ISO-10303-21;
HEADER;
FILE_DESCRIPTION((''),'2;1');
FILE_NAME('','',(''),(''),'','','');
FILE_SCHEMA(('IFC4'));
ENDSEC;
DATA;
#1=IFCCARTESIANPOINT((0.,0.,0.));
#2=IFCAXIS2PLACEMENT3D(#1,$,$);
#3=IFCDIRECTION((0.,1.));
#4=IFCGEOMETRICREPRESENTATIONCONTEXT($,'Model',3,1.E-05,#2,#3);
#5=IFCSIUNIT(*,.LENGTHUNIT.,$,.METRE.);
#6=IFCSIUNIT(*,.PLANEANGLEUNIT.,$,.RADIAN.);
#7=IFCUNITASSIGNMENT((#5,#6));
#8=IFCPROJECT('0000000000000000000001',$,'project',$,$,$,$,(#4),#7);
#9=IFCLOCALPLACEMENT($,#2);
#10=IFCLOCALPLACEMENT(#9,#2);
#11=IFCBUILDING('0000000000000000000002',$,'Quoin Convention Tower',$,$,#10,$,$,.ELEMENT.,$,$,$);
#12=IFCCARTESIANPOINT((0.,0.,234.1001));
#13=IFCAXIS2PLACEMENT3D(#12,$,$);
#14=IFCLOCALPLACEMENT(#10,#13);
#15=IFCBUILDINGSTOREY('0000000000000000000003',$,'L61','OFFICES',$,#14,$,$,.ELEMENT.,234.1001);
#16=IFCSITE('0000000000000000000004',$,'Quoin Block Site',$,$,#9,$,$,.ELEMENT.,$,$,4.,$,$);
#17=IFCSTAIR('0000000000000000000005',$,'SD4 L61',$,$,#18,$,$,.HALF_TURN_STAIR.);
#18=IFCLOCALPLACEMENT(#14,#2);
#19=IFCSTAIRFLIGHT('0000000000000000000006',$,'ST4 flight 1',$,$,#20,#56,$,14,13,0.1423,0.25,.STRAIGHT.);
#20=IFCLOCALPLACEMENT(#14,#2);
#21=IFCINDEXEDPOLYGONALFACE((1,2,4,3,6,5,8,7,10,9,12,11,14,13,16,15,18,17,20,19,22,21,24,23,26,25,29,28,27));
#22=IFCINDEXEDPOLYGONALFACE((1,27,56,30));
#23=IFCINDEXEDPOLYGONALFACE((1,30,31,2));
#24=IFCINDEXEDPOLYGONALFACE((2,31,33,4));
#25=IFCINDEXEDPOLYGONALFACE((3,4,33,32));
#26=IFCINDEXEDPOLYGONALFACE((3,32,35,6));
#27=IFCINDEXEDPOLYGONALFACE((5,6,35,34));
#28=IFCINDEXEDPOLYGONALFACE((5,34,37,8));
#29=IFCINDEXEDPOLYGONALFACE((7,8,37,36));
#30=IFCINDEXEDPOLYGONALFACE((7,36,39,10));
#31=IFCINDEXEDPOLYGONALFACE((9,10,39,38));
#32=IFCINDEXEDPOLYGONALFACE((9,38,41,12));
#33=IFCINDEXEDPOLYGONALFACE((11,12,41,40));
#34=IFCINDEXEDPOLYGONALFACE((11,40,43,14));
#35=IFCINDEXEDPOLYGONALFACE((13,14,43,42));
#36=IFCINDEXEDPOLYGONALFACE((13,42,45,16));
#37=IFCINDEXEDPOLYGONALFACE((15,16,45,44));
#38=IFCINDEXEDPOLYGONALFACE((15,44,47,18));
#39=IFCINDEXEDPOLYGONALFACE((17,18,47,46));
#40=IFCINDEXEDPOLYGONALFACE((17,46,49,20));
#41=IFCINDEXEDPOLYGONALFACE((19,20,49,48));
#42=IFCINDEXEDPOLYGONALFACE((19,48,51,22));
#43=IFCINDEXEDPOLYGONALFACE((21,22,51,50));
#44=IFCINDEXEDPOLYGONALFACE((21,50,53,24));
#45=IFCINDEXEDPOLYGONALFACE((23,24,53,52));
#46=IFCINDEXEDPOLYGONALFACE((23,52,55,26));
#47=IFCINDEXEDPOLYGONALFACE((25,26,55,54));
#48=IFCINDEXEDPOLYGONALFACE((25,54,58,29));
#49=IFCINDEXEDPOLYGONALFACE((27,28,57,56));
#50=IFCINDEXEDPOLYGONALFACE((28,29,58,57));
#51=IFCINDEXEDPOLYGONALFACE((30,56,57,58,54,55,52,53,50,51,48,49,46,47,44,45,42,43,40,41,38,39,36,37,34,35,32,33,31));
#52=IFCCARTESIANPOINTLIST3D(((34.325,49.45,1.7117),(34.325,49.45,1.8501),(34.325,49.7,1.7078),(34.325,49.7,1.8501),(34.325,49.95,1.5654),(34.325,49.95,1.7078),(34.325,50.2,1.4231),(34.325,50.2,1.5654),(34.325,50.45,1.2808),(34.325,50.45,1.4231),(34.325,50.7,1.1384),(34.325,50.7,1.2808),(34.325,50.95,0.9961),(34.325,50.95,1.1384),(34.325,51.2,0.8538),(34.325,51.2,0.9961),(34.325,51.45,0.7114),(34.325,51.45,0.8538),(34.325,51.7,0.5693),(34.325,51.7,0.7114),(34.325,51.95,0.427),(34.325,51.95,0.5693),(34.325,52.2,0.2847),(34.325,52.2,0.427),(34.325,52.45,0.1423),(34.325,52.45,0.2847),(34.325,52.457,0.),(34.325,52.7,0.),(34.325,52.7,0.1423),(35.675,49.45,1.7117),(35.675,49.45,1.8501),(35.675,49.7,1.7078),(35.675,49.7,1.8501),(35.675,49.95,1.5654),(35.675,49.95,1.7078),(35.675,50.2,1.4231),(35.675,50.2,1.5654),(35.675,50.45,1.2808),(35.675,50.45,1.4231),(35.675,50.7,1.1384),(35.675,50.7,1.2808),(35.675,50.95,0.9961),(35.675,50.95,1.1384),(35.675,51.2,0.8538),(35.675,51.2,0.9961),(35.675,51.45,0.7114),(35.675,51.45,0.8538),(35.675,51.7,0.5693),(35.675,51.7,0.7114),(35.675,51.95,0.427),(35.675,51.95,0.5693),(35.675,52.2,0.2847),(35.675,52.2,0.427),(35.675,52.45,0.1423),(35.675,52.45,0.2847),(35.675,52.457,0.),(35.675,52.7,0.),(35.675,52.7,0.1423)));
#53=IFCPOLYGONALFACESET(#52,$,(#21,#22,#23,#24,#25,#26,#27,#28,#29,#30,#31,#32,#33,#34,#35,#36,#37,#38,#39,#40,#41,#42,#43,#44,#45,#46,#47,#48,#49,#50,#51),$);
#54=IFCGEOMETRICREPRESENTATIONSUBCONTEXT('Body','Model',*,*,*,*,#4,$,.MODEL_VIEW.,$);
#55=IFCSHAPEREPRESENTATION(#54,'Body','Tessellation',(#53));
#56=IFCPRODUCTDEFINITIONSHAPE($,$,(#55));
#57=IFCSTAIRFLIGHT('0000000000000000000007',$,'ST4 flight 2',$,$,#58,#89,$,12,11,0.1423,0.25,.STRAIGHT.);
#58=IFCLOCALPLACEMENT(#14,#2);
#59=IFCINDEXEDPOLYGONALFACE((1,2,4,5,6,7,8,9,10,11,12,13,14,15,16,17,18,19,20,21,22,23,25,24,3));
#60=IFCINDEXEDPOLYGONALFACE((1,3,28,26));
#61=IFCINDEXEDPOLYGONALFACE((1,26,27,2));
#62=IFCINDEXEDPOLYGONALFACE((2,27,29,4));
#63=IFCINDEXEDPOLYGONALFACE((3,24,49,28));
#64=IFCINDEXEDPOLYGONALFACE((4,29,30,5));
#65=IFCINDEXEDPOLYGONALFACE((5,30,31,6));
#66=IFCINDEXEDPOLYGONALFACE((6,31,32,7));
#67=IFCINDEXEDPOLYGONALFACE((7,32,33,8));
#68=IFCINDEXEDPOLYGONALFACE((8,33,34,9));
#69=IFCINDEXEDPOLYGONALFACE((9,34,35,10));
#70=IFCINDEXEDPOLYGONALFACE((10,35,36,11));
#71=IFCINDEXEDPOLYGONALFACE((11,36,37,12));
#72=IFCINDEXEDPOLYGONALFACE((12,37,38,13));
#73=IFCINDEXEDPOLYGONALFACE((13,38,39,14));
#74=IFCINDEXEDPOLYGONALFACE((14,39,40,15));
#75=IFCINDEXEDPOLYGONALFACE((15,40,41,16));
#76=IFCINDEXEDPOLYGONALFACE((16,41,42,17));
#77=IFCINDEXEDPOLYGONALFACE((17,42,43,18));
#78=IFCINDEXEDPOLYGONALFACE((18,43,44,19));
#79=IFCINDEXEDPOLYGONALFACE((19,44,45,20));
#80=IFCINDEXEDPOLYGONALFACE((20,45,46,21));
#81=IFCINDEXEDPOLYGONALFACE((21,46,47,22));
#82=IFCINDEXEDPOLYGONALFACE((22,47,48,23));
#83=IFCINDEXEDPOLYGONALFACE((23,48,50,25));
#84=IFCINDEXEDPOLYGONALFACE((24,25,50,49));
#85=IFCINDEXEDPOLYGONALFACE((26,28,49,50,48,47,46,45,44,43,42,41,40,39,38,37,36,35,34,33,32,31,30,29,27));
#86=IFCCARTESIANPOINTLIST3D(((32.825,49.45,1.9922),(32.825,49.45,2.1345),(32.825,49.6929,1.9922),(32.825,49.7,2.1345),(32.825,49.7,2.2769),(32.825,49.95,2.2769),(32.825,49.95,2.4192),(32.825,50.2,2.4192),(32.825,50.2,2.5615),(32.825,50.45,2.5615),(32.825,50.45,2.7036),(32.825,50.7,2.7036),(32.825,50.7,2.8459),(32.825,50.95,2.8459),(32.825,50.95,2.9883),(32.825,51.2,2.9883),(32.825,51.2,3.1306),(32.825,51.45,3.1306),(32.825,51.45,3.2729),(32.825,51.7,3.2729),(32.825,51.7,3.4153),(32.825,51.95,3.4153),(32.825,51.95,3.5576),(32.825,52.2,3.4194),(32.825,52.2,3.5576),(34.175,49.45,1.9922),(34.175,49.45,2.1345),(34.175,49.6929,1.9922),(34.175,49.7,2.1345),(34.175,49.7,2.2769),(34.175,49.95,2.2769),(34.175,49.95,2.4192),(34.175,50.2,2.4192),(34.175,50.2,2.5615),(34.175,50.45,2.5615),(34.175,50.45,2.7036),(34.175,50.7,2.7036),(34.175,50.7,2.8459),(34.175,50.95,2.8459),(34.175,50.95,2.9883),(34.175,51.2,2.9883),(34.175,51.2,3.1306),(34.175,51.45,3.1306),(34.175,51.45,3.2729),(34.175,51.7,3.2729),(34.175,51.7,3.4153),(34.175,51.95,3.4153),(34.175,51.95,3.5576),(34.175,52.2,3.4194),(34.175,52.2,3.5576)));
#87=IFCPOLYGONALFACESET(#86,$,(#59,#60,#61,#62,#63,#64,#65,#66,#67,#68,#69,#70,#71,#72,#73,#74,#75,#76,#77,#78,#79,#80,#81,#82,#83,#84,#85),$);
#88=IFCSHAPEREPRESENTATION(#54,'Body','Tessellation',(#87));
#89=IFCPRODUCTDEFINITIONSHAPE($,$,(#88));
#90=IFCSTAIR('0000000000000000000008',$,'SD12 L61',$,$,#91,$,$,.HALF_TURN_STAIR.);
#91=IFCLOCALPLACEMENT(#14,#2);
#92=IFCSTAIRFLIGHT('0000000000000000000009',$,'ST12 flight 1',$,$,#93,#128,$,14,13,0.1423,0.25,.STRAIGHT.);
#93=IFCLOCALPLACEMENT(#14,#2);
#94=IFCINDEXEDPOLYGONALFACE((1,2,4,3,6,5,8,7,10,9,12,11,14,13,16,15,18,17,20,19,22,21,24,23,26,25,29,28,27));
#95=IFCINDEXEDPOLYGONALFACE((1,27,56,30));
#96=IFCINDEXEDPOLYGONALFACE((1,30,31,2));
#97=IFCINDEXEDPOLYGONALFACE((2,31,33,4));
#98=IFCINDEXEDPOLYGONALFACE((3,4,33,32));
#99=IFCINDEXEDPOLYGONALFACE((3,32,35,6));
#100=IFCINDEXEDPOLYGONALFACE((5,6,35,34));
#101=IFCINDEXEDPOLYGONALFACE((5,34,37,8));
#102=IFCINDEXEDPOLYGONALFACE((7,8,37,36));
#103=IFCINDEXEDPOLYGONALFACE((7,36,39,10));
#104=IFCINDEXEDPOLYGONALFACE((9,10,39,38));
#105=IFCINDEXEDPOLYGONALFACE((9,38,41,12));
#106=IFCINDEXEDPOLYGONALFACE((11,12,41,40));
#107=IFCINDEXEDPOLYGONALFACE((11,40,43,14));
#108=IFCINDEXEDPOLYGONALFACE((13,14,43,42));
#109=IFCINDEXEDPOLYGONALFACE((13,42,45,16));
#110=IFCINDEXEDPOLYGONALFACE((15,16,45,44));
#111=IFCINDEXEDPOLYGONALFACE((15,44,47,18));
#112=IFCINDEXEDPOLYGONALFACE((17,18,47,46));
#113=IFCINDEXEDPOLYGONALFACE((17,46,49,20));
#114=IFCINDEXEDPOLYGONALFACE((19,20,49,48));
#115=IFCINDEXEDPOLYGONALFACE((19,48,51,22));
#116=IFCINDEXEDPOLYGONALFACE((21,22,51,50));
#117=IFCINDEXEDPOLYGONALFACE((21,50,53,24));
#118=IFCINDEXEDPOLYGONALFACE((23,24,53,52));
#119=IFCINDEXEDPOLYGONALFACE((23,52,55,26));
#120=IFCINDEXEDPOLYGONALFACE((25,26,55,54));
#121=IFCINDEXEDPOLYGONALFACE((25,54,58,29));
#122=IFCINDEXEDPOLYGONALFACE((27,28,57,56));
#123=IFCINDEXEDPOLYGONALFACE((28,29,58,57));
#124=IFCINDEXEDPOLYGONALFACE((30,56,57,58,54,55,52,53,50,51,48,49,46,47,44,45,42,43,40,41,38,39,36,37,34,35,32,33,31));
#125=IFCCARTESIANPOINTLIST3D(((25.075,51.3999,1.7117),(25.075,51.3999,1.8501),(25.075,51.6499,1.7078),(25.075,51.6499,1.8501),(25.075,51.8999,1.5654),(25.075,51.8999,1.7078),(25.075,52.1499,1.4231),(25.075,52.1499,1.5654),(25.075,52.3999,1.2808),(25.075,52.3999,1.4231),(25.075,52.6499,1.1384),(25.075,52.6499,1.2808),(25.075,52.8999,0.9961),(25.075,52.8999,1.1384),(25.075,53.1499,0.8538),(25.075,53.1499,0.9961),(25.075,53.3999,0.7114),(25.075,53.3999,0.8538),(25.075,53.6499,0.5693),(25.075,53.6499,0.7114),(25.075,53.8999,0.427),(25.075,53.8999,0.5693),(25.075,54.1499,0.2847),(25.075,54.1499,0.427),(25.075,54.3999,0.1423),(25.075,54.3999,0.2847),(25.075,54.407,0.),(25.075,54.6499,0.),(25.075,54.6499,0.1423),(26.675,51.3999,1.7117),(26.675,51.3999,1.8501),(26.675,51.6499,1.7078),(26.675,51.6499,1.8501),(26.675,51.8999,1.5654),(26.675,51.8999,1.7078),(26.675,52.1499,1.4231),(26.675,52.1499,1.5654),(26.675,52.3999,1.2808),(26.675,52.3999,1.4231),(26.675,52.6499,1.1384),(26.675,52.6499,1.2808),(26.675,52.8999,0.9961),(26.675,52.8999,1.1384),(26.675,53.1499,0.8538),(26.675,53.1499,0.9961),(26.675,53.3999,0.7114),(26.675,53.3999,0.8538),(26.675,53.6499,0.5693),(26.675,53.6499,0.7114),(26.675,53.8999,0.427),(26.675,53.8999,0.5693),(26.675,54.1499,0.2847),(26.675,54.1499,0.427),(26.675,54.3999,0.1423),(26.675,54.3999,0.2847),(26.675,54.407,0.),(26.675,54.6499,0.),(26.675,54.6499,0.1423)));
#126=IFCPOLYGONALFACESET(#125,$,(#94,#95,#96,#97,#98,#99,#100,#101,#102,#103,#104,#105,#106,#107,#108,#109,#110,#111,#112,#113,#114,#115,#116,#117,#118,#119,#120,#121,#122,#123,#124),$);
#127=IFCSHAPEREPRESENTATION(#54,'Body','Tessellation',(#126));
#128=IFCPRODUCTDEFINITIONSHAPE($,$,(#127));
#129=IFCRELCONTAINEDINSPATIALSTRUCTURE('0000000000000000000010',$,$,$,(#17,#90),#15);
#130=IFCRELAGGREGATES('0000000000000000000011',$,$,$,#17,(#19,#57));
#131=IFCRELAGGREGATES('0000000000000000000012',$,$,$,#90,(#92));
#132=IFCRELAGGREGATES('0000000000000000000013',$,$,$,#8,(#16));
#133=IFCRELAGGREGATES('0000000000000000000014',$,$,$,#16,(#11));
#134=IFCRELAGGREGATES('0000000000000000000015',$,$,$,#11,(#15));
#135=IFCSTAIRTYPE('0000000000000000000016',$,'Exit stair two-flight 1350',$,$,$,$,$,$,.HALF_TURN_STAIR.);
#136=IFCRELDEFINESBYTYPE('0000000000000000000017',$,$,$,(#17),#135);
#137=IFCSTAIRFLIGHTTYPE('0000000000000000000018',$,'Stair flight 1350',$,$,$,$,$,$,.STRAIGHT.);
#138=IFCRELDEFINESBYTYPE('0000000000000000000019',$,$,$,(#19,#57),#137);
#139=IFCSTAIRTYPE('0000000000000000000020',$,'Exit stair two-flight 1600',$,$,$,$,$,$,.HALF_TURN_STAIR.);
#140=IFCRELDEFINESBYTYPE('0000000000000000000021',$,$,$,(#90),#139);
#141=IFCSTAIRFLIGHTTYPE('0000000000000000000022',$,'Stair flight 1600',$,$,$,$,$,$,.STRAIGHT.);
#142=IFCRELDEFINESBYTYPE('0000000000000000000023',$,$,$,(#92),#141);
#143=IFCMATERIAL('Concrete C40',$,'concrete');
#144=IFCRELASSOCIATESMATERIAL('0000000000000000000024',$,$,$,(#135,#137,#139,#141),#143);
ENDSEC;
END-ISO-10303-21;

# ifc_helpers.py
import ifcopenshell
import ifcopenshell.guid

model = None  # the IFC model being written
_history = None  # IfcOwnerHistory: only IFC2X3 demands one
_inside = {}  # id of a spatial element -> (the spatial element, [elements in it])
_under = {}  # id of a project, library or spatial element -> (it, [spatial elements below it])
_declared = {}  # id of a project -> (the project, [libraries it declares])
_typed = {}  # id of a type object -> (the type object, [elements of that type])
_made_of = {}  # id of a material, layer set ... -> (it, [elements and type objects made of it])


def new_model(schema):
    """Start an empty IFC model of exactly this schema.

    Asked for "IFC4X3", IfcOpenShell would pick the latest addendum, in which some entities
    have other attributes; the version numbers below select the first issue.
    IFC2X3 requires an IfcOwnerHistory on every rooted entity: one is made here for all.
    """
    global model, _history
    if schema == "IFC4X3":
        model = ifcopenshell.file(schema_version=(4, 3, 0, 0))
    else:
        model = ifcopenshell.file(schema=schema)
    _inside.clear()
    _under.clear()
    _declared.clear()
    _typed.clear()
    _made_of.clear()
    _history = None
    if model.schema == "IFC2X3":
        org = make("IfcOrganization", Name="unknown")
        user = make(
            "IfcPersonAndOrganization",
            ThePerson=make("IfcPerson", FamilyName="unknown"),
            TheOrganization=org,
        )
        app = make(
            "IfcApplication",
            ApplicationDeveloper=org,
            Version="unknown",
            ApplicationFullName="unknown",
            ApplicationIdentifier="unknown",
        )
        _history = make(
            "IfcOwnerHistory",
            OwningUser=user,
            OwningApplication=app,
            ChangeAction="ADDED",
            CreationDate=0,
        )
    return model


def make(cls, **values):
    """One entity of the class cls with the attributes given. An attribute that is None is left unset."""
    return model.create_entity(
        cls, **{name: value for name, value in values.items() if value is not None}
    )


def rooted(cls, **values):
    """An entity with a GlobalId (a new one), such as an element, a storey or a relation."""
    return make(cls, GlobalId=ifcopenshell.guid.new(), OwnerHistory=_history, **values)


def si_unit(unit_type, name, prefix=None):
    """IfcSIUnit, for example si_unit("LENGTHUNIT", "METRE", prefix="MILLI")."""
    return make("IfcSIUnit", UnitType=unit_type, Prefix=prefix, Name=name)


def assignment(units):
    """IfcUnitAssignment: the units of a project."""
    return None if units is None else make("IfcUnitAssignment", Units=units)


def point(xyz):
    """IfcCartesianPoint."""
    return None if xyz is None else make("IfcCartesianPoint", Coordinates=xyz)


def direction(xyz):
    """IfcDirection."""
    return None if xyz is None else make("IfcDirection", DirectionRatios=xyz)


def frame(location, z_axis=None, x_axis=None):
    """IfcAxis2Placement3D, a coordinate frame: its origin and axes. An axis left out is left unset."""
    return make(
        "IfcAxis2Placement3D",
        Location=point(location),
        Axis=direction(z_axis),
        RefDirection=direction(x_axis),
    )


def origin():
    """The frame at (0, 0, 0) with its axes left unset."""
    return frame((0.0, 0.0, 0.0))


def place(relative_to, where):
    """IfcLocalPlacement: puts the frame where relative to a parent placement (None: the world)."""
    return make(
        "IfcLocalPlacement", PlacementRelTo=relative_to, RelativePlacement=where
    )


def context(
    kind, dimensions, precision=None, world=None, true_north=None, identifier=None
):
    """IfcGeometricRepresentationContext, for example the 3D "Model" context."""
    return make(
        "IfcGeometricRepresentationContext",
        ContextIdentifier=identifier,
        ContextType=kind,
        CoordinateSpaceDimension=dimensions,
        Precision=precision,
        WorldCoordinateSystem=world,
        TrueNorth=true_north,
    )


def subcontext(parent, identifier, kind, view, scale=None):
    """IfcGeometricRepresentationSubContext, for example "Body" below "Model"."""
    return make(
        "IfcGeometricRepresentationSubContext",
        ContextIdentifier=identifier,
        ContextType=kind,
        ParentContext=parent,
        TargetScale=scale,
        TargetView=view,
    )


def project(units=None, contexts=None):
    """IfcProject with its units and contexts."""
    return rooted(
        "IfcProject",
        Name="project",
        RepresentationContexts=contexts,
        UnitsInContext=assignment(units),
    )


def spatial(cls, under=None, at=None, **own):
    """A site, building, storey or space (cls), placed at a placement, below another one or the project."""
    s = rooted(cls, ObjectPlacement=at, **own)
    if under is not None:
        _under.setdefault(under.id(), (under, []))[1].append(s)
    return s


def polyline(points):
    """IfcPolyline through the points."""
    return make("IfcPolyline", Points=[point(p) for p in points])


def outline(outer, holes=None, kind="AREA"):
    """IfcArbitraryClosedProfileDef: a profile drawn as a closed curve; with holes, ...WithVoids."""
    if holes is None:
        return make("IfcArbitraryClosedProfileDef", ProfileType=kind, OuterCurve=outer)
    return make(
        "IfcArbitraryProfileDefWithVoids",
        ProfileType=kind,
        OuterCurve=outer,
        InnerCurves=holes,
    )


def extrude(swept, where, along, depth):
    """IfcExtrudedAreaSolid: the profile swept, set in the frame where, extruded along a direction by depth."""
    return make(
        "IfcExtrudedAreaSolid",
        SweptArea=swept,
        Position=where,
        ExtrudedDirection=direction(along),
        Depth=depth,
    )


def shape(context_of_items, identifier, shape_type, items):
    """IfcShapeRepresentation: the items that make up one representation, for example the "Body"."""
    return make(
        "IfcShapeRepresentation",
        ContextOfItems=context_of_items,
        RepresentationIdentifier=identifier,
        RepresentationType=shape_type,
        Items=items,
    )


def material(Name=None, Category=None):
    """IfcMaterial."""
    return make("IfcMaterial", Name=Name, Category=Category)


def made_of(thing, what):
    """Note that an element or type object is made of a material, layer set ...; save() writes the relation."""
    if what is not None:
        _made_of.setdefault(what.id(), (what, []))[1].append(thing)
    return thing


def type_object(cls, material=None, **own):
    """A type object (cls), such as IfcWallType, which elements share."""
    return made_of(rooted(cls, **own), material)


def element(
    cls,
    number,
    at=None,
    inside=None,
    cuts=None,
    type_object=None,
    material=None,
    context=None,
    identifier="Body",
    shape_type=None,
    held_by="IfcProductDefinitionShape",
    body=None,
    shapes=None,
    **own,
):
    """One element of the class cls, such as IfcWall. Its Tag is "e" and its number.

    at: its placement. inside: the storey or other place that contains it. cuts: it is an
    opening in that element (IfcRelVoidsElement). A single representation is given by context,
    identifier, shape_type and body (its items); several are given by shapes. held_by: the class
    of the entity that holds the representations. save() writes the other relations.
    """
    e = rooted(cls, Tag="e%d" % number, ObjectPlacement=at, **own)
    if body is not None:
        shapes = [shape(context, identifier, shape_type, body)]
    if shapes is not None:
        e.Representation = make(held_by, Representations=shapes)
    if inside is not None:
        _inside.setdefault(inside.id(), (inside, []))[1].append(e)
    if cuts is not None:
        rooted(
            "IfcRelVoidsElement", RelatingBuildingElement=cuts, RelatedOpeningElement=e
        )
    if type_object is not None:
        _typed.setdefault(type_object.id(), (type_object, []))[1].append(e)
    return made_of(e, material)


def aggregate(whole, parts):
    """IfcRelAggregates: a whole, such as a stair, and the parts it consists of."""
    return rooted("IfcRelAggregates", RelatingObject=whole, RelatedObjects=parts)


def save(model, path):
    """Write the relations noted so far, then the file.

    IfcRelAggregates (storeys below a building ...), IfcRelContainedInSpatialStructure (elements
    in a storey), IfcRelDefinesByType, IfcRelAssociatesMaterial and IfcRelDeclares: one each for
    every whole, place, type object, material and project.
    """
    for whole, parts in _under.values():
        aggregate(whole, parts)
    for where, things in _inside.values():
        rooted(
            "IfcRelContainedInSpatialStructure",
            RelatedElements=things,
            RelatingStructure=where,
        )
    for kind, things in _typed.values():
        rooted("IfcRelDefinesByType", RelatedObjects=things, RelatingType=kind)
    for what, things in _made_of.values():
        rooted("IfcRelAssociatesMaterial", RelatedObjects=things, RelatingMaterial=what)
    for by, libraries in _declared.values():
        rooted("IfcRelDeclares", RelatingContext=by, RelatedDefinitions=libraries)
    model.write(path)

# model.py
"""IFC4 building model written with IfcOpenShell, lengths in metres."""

from ifc_helpers import new_model, si_unit, direction, frame, origin, place, context, subcontext, project, spatial, polyline, outline, extrude, material, type_object, element, aggregate, save


model = new_model("IFC4")

# Units and contexts
model_context = context("Model", 3, precision=1e-05, world=origin(), true_north=direction((0.0, 1.0)))
body_context = subcontext(model_context, "Body", "Model", "MODEL_VIEW")
ifc_project = project(units=[si_unit("LENGTHUNIT", "METRE"), si_unit("PLANEANGLEUNIT", "RADIAN")], contexts=[model_context])

# Site, building, storey
site_placement = place(None, origin())
site = spatial("IfcSite", under=ifc_project, at=site_placement, Name="Quoin Block Site", CompositionType="ELEMENT", RefElevation=4.0)
building_placement = place(site_placement, origin())
building = spatial("IfcBuilding", under=site, at=building_placement, Name="Quoin Convention Tower", CompositionType="ELEMENT")
storey_placement = place(building_placement, frame((0.0, 0.0, 234.1001)))
storey = spatial("IfcBuildingStorey", under=building, at=storey_placement, Name="L61", Description="OFFICES", CompositionType="ELEMENT", Elevation=234.1001)

# Shared definitions
ifc_material_1 = material(Name="Concrete C40", Category="concrete")
stair_type_1 = type_object("IfcStairType", Name="Exit stair two-flight 1350", PredefinedType="HALF_TURN_STAIR", material=ifc_material_1)
stair_flight_type_1 = type_object("IfcStairFlightType", Name="Stair flight 1350", PredefinedType="STRAIGHT", material=ifc_material_1)

# Stair, stair flights
stair_1_placement = place(storey_placement, origin())
stair_1 = element("IfcStair", 1, at=stair_1_placement, inside=storey, type_object=stair_type_1, Name="SD4 L61", PredefinedType="HALF_TURN_STAIR")
stair_flight_1_placement = place(storey_placement, frame((35.0, 52.7, 0.0), z_axis=(0.0, 0.0, 1.0), x_axis=(0.0, -1.0, 0.0)))
stair_flight_1 = element("IfcStairFlight", 2, at=stair_flight_1_placement, type_object=stair_flight_type_1, Name="ST4 flight 1", NumberOfRisers=14, NumberOfTreads=13, PredefinedType="STRAIGHT", RiserHeight=0.1423, TreadLength=0.25, context=body_context, shape_type="SweptSolid", body=[
    extrude(outline(polyline([(0.0, 0.0), (0.0, 0.1423), (0.25, 0.1423), (0.25, 0.2847), (0.5, 0.2847), (0.5, 0.427), (0.75, 0.427), (0.75, 0.5693), (1.0, 0.5693), (1.0, 0.7114), (1.25, 0.7114), (1.25, 0.8538), (1.5, 0.8538), (1.5, 0.9961), (1.75, 0.9961), (1.75, 1.1384), (2.0, 1.1384), (2.0, 1.2808), (2.25, 1.2808), (2.25, 1.4231), (2.5, 1.4231), (2.5, 1.5654), (2.75, 1.5654), (2.75, 1.7078), (3.0, 1.7078), (3.0, 1.8501), (3.25, 1.8501), (3.25, 1.9922), (3.25, 1.7117), (0.2429, 0.0), (0.0, 0.0)])), frame((0.0, 0.675, 0.0), z_axis=(0.0, -1.0, 0.0), x_axis=(1.0, 0.0, 0.0)), (0.0, 0.0, 1.0), 1.3501),
])
stair_flight_2_placement = place(storey_placement, frame((33.5, 49.45, 1.9922), z_axis=(0.0, 0.0, 1.0), x_axis=(0.0, 1.0, 0.0)))
stair_flight_2 = element("IfcStairFlight", 3, at=stair_flight_2_placement, type_object=stair_flight_type_1, Name="ST4 flight 2", NumberOfRisers=12, NumberOfTreads=11, PredefinedType="STRAIGHT", RiserHeight=0.1423, TreadLength=0.25, context=body_context, shape_type="SweptSolid", body=[
    extrude(outline(polyline([(0.0, 0.0), (0.0, 0.1423), (0.25, 0.1423), (0.25, 0.2847), (0.5, 0.2847), (0.5, 0.427), (0.75, 0.427), (0.75, 0.5693), (1.0, 0.5693), (1.0, 0.7114), (1.25, 0.7114), (1.25, 0.8538), (1.5, 0.8538), (1.5, 0.9961), (1.75, 0.9961), (1.75, 1.1384), (2.0, 1.1384), (2.0, 1.2808), (2.25, 1.2808), (2.25, 1.4231), (2.5, 1.4231), (2.5, 1.5654), (2.75, 1.5654), (2.75, 1.7078), (2.75, 1.4272), (0.2429, 0.0), (0.0, 0.0)])), frame((0.0, 0.675, 0.0), z_axis=(0.0, -1.0, 0.0), x_axis=(1.0, 0.0, 0.0)), (0.0, 0.0, 1.0), 1.3501),
])
aggregate(stair_1, [stair_flight_1, stair_flight_2])

# Stair, stair flight
stair_type_2 = type_object("IfcStairType", Name="Exit stair two-flight 1600", PredefinedType="HALF_TURN_STAIR", material=ifc_material_1)
stair_2_placement = place(storey_placement, origin())
stair_2 = element("IfcStair", 4, at=stair_2_placement, inside=storey, type_object=stair_type_2, Name="SD12 L61", PredefinedType="HALF_TURN_STAIR")
stair_flight_type_2 = type_object("IfcStairFlightType", Name="Stair flight 1600", PredefinedType="STRAIGHT", material=ifc_material_1)
stair_flight_3_placement = place(storey_placement, frame((25.875, 54.6499, 0.0), z_axis=(0.0, 0.0, 1.0), x_axis=(0.0, -1.0, 0.0)))
stair_flight_3 = element("IfcStairFlight", 5, at=stair_flight_3_placement, type_object=stair_flight_type_2, Name="ST12 flight 1", NumberOfRisers=14, NumberOfTreads=13, PredefinedType="STRAIGHT", RiserHeight=0.1423, TreadLength=0.25, context=body_context, shape_type="SweptSolid", body=[
    extrude(outline(polyline([(0.0, 0.0), (0.0, 0.1423), (0.25, 0.1423), (0.25, 0.2847), (0.5, 0.2847), (0.5, 0.427), (0.75, 0.427), (0.75, 0.5693), (1.0, 0.5693), (1.0, 0.7114), (1.25, 0.7114), (1.25, 0.8538), (1.5, 0.8538), (1.5, 0.9961), (1.75, 0.9961), (1.75, 1.1384), (2.0, 1.1384), (2.0, 1.2808), (2.25, 1.2808), (2.25, 1.4231), (2.5, 1.4231), (2.5, 1.5654), (2.75, 1.5654), (2.75, 1.7078), (3.0, 1.7078), (3.0, 1.8501), (3.25, 1.8501), (3.25, 1.9922), (3.25, 1.7117), (0.2429, 0.0), (0.0, 0.0)])), frame((0.0, 0.8, 0.0), z_axis=(0.0, -1.0, 0.0), x_axis=(1.0, 0.0, 0.0)), (0.0, 0.0, 1.0), 1.6001),
])
aggregate(stair_2, [stair_flight_3])

save(model, "model.ifc")
